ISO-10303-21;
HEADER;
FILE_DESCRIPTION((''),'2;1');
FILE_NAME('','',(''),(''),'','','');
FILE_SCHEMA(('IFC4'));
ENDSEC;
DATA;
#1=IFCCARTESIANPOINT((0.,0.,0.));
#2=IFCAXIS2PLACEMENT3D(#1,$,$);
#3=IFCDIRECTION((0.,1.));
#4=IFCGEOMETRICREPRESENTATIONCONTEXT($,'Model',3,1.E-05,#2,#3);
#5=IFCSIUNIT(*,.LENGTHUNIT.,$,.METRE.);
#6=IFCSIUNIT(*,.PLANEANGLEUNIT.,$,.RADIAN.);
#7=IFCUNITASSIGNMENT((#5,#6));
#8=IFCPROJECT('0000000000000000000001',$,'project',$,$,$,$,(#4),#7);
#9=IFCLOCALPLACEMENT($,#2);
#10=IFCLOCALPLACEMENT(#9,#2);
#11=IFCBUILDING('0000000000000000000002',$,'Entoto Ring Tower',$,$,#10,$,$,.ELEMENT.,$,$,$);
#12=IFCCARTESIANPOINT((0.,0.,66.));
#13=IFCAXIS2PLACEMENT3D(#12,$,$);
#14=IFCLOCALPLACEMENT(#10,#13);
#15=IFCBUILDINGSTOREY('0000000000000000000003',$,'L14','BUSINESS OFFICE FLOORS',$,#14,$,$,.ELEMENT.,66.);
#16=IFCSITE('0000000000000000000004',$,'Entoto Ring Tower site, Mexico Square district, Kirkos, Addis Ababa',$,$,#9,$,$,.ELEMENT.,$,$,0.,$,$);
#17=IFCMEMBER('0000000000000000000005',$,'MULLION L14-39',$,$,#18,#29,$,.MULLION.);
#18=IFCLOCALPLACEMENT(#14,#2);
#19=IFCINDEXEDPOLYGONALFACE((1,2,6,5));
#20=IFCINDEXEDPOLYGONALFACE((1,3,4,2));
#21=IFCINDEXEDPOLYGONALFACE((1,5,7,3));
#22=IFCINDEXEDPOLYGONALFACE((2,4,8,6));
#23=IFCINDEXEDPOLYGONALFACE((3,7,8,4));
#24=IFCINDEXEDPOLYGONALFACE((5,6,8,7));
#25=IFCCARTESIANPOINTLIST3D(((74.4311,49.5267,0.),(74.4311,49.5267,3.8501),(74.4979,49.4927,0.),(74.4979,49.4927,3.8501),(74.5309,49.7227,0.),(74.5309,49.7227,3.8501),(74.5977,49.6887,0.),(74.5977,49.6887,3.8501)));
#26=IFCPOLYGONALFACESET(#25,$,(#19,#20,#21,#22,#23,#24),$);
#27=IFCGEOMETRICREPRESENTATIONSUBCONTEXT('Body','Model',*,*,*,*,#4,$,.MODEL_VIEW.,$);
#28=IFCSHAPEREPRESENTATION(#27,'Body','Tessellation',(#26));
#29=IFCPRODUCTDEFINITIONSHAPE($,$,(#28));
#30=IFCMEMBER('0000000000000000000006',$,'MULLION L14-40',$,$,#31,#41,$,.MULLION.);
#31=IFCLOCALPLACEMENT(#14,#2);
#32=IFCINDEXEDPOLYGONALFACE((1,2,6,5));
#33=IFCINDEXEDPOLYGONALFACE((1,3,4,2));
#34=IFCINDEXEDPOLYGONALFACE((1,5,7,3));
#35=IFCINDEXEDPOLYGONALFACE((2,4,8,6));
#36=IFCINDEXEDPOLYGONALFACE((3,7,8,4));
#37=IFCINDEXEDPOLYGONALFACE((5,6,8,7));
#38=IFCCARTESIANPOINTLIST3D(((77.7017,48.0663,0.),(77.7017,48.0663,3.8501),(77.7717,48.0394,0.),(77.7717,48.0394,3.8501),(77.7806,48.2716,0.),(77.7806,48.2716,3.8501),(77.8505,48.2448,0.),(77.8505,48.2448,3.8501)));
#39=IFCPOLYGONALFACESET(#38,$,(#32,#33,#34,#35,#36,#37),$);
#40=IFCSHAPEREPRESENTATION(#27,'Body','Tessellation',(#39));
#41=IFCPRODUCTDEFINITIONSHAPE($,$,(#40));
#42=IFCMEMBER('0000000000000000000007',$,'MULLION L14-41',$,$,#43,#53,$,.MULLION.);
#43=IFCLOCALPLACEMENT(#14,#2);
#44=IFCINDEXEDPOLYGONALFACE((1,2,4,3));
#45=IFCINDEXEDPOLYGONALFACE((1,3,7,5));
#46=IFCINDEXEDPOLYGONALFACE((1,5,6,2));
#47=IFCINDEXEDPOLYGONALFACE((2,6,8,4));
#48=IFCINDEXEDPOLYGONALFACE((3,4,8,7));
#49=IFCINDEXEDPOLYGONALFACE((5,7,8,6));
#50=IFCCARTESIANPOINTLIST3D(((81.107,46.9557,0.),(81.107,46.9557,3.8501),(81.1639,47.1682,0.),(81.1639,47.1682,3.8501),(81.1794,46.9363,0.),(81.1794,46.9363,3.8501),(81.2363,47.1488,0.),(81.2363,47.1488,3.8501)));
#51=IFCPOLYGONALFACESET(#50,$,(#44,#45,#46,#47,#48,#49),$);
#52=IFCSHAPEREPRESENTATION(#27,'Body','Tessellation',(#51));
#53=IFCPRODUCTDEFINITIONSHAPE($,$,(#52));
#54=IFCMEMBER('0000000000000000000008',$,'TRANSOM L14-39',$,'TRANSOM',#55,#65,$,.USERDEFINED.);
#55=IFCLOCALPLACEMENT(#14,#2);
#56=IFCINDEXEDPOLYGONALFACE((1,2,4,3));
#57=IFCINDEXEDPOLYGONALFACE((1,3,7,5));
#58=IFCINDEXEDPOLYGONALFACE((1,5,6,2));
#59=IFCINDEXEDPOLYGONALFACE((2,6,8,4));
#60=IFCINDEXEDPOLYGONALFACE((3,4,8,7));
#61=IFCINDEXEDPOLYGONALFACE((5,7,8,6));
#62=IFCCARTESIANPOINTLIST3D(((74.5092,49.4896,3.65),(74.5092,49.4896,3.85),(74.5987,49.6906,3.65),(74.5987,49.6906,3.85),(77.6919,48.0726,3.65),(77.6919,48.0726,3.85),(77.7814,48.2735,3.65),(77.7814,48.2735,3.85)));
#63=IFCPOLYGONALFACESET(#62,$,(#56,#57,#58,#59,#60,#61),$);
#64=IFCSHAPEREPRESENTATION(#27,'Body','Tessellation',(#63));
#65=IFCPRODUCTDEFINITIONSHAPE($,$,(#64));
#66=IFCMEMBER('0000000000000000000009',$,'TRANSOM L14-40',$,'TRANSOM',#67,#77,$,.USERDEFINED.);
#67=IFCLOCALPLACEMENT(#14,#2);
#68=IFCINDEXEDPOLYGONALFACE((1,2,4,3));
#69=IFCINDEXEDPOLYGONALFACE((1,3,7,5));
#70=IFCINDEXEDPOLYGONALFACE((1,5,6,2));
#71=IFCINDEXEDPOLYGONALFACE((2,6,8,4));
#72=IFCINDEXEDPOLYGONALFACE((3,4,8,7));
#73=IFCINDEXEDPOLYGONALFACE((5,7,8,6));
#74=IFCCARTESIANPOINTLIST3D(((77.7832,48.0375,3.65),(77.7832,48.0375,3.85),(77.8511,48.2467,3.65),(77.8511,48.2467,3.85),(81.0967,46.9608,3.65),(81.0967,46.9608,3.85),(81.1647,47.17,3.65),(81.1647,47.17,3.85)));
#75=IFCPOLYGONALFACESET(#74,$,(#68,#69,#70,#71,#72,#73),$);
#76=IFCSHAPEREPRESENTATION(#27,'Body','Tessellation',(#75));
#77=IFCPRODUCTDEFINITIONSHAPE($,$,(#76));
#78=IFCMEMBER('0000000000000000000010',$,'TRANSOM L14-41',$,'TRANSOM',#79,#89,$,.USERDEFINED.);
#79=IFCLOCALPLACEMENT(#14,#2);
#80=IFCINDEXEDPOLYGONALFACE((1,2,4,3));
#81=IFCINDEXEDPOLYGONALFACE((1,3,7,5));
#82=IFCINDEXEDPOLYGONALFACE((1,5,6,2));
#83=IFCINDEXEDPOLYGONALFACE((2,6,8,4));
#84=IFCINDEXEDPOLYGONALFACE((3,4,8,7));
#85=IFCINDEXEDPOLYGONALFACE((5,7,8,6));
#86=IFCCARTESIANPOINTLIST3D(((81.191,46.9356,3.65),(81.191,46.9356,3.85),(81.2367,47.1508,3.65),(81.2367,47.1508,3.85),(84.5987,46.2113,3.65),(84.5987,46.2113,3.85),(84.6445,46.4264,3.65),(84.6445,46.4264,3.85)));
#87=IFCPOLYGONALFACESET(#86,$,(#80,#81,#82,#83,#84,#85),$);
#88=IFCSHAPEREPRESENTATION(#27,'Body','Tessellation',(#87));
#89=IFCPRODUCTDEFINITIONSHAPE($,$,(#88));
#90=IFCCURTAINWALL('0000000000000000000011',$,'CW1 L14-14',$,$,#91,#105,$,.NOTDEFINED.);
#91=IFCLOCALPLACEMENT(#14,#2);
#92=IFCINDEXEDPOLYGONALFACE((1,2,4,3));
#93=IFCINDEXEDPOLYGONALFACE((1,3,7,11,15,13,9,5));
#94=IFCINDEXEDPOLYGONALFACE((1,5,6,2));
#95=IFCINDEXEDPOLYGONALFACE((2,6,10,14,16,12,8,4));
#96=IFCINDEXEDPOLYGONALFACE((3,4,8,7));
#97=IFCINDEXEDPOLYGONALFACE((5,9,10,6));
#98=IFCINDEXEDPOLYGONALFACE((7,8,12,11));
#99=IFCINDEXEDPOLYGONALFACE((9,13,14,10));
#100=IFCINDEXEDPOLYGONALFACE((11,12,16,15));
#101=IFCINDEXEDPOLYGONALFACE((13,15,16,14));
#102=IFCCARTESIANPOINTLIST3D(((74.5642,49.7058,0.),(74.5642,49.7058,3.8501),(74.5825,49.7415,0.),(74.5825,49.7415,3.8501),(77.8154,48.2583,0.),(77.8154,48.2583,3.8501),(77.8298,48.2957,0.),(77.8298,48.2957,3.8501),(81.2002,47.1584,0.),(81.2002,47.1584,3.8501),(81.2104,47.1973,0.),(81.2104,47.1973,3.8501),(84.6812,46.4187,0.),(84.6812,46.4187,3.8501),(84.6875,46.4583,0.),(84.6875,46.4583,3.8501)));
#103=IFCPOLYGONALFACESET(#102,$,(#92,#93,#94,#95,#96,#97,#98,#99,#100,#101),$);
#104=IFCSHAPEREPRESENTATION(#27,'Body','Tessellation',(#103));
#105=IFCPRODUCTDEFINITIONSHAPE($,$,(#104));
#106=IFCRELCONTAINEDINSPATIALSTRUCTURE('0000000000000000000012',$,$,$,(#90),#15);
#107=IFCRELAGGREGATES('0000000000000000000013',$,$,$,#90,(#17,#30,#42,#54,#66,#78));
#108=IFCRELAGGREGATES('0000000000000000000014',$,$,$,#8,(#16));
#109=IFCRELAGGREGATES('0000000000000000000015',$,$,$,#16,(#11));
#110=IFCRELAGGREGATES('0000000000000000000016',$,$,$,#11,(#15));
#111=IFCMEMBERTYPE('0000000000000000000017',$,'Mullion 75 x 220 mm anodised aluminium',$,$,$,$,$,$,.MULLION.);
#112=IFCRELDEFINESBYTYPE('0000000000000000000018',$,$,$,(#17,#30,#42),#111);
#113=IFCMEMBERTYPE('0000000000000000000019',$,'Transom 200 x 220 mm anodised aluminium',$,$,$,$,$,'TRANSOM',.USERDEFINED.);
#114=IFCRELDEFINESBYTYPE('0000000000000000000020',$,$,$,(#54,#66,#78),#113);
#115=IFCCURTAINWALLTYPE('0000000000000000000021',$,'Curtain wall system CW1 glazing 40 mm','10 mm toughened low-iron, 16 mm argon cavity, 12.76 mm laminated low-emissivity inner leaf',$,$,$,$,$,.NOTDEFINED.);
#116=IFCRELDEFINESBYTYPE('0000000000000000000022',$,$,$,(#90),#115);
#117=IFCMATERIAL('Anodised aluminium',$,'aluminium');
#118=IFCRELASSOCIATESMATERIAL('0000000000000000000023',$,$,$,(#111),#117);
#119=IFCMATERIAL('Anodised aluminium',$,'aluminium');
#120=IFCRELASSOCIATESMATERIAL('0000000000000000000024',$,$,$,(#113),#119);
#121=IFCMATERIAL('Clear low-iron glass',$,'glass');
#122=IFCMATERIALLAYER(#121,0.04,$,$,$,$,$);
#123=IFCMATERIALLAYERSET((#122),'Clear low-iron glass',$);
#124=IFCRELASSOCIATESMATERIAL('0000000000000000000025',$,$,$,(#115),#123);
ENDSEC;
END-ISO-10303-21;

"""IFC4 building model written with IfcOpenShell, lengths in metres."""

from ifc_helpers import new_model, si_unit, direction, frame, origin, origin_2d, place, context, subcontext, project, spatial, polyline, rectangle, outline, extrude, material, layer, layer_set, material_profile, profile_set, type_object, element, aggregate, save


model = new_model("IFC4")

# Units and contexts
model_context = context("Model", 3, precision=1e-05, world=origin(), true_north=direction((0.0, 1.0)))
body_context = subcontext(model_context, "Body", "Model", "MODEL_VIEW")
ifc_project = project(units=[si_unit("LENGTHUNIT", "METRE"), si_unit("PLANEANGLEUNIT", "RADIAN")], contexts=[model_context])

# Members
ifc_material_1 = material(Name="Anodised aluminium", Category="aluminium")
ifc_material_profile_1 = material_profile(ifc_material_1, rectangle(XDim=0.075, YDim=0.22, at=origin_2d()), Name="Mullion 75 x 220 mm anodised aluminium")
ifc_profile_set_1 = profile_set([ifc_material_profile_1], Name="Anodised aluminium")
member_type_1 = type_object("IfcMemberType", Name="Mullion 75 x 220 mm anodised aluminium", PredefinedType="MULLION", material=ifc_profile_set_1)
site_placement = place(None, origin())
building_placement = place(site_placement, origin())
storey_placement = place(building_placement, frame((0.0, 0.0, 66.0)))
member_1_placement = place(storey_placement, frame((74.5144, 49.6077, 0.0), z_axis=(0.0, 0.0, 1.0), x_axis=(0.891007, -0.45399, 0.0)))
member_1 = element("IfcMember", 1, at=member_1_placement, type_object=member_type_1, Name="MULLION L14-39", PredefinedType="MULLION", context=body_context, shape_type="SweptSolid", body=[
    extrude(rectangle(XDim=0.075, YDim=0.22, at=origin_2d()), origin(), (0.0, 0.0, 1.0), 3.8501),
])
member_2_placement = place(storey_placement, frame((77.7761, 48.1555, 0.0), z_axis=(0.0, 0.0, 1.0), x_axis=(0.93358, -0.358368, 0.0)))
member_2 = element("IfcMember", 2, at=member_2_placement, type_object=member_type_1, Name="MULLION L14-40", PredefinedType="MULLION", context=body_context, shape_type="SweptSolid", body=[
    extrude(rectangle(XDim=0.075, YDim=0.22, at=origin_2d()), origin(), (0.0, 0.0, 1.0), 3.8501),
])
member_3_placement = place(storey_placement, frame((81.1716, 47.0522, 0.0), z_axis=(0.0, 0.0, 1.0), x_axis=(0.965926, -0.258819, 0.0)))
member_3 = element("IfcMember", 3, at=member_3_placement, type_object=member_type_1, Name="MULLION L14-41", PredefinedType="MULLION", context=body_context, shape_type="SweptSolid", body=[
    extrude(rectangle(XDim=0.075, YDim=0.22, at=origin_2d()), origin(), (0.0, 0.0, 1.0), 3.8501),
])
ifc_material_2 = material(Name="Anodised aluminium", Category="aluminium")
ifc_material_profile_2 = material_profile(ifc_material_2, rectangle(XDim=0.22, YDim=0.2, at=origin_2d()), Name="Transom 200 x 220 mm anodised aluminium")
ifc_profile_set_2 = profile_set([ifc_material_profile_2], Name="Anodised aluminium")
member_type_2 = type_object("IfcMemberType", Name="Transom 200 x 220 mm anodised aluminium", ElementType="TRANSOM", PredefinedType="USERDEFINED", material=ifc_profile_set_2)
member_4_placement = place(storey_placement, frame((74.554, 49.5901, 3.75), z_axis=(0.913545, -0.406737, 0.0), x_axis=(0.406737, 0.913545, 0.0)))
member_4 = element("IfcMember", 4, at=member_4_placement, type_object=member_type_2, Name="TRANSOM L14-39", ObjectType="TRANSOM", PredefinedType="USERDEFINED", context=body_context, shape_type="SweptSolid", body=[
    extrude(rectangle(XDim=0.22, YDim=0.2, at=origin_2d()), origin(), (0.0, 0.0, 1.0), 3.4839),
])
member_5_placement = place(storey_placement, frame((77.8171, 48.1421, 3.75), z_axis=(0.951053, -0.309029, 0.0), x_axis=(0.309029, 0.951053, 0.0)))
member_5 = element("IfcMember", 5, at=member_5_placement, type_object=member_type_2, Name="TRANSOM L14-40", ObjectType="TRANSOM", PredefinedType="USERDEFINED", context=body_context, shape_type="SweptSolid", body=[
    extrude(rectangle(XDim=0.22, YDim=0.2, at=origin_2d()), origin(), (0.0, 0.0, 1.0), 3.4841),
])
member_6_placement = place(storey_placement, frame((81.2139, 47.0432, 3.75), z_axis=(0.978146, -0.207921, 0.0), x_axis=(0.207921, 0.978146, 0.0)))
member_6 = element("IfcMember", 6, at=member_6_placement, type_object=member_type_2, Name="TRANSOM L14-41", ObjectType="TRANSOM", PredefinedType="USERDEFINED", context=body_context, shape_type="SweptSolid", body=[
    extrude(rectangle(XDim=0.22, YDim=0.2, at=origin_2d()), origin(), (0.0, 0.0, 1.0), 3.4839),
])

# Site, building, storey
site = spatial("IfcSite", under=ifc_project, at=site_placement, Name="Entoto Ring Tower site, Mexico Square district, Kirkos, Addis Ababa", CompositionType="ELEMENT", RefElevation=0.0)
building = spatial("IfcBuilding", under=site, at=building_placement, Name="Entoto Ring Tower", CompositionType="ELEMENT")
storey = spatial("IfcBuildingStorey", under=building, at=storey_placement, Name="L14", Description="BUSINESS OFFICE FLOORS", CompositionType="ELEMENT", Elevation=66.0)

# Curtain wall
ifc_material_3 = material(Name="Clear low-iron glass", Category="glass")
ifc_layer = layer(ifc_material_3, 0.04)
ifc_layer_set = layer_set([ifc_layer], Name="Clear low-iron glass")
curtain_wall_type = type_object("IfcCurtainWallType", Name="Curtain wall system CW1 glazing 40 mm", Description="10 mm toughened low-iron, 16 mm argon cavity, 12.76 mm laminated low-emissivity inner leaf", PredefinedType="NOTDEFINED", material=ifc_layer_set)
curtain_wall_1_placement = place(storey_placement, origin())
curtain_wall_1 = element("IfcCurtainWall", 7, at=curtain_wall_1_placement, inside=storey, type_object=curtain_wall_type, Name="CW1 L14-14", PredefinedType="NOTDEFINED", context=body_context, shape_type="SweptSolid", body=[
    extrude(outline(polyline([(74.5642, 49.7058), (77.8154, 48.2583), (81.2002, 47.1584), (84.6812, 46.4187), (84.6875, 46.4583), (81.2104, 47.1973), (77.8298, 48.2957), (74.5825, 49.7415), (74.5642, 49.7058)])), origin(), (0.0, 0.0, 1.0), 3.8501),
])
aggregate(curtain_wall_1, [member_1, member_2, member_3, member_4, member_5, member_6])

save(model, "model.ifc")
